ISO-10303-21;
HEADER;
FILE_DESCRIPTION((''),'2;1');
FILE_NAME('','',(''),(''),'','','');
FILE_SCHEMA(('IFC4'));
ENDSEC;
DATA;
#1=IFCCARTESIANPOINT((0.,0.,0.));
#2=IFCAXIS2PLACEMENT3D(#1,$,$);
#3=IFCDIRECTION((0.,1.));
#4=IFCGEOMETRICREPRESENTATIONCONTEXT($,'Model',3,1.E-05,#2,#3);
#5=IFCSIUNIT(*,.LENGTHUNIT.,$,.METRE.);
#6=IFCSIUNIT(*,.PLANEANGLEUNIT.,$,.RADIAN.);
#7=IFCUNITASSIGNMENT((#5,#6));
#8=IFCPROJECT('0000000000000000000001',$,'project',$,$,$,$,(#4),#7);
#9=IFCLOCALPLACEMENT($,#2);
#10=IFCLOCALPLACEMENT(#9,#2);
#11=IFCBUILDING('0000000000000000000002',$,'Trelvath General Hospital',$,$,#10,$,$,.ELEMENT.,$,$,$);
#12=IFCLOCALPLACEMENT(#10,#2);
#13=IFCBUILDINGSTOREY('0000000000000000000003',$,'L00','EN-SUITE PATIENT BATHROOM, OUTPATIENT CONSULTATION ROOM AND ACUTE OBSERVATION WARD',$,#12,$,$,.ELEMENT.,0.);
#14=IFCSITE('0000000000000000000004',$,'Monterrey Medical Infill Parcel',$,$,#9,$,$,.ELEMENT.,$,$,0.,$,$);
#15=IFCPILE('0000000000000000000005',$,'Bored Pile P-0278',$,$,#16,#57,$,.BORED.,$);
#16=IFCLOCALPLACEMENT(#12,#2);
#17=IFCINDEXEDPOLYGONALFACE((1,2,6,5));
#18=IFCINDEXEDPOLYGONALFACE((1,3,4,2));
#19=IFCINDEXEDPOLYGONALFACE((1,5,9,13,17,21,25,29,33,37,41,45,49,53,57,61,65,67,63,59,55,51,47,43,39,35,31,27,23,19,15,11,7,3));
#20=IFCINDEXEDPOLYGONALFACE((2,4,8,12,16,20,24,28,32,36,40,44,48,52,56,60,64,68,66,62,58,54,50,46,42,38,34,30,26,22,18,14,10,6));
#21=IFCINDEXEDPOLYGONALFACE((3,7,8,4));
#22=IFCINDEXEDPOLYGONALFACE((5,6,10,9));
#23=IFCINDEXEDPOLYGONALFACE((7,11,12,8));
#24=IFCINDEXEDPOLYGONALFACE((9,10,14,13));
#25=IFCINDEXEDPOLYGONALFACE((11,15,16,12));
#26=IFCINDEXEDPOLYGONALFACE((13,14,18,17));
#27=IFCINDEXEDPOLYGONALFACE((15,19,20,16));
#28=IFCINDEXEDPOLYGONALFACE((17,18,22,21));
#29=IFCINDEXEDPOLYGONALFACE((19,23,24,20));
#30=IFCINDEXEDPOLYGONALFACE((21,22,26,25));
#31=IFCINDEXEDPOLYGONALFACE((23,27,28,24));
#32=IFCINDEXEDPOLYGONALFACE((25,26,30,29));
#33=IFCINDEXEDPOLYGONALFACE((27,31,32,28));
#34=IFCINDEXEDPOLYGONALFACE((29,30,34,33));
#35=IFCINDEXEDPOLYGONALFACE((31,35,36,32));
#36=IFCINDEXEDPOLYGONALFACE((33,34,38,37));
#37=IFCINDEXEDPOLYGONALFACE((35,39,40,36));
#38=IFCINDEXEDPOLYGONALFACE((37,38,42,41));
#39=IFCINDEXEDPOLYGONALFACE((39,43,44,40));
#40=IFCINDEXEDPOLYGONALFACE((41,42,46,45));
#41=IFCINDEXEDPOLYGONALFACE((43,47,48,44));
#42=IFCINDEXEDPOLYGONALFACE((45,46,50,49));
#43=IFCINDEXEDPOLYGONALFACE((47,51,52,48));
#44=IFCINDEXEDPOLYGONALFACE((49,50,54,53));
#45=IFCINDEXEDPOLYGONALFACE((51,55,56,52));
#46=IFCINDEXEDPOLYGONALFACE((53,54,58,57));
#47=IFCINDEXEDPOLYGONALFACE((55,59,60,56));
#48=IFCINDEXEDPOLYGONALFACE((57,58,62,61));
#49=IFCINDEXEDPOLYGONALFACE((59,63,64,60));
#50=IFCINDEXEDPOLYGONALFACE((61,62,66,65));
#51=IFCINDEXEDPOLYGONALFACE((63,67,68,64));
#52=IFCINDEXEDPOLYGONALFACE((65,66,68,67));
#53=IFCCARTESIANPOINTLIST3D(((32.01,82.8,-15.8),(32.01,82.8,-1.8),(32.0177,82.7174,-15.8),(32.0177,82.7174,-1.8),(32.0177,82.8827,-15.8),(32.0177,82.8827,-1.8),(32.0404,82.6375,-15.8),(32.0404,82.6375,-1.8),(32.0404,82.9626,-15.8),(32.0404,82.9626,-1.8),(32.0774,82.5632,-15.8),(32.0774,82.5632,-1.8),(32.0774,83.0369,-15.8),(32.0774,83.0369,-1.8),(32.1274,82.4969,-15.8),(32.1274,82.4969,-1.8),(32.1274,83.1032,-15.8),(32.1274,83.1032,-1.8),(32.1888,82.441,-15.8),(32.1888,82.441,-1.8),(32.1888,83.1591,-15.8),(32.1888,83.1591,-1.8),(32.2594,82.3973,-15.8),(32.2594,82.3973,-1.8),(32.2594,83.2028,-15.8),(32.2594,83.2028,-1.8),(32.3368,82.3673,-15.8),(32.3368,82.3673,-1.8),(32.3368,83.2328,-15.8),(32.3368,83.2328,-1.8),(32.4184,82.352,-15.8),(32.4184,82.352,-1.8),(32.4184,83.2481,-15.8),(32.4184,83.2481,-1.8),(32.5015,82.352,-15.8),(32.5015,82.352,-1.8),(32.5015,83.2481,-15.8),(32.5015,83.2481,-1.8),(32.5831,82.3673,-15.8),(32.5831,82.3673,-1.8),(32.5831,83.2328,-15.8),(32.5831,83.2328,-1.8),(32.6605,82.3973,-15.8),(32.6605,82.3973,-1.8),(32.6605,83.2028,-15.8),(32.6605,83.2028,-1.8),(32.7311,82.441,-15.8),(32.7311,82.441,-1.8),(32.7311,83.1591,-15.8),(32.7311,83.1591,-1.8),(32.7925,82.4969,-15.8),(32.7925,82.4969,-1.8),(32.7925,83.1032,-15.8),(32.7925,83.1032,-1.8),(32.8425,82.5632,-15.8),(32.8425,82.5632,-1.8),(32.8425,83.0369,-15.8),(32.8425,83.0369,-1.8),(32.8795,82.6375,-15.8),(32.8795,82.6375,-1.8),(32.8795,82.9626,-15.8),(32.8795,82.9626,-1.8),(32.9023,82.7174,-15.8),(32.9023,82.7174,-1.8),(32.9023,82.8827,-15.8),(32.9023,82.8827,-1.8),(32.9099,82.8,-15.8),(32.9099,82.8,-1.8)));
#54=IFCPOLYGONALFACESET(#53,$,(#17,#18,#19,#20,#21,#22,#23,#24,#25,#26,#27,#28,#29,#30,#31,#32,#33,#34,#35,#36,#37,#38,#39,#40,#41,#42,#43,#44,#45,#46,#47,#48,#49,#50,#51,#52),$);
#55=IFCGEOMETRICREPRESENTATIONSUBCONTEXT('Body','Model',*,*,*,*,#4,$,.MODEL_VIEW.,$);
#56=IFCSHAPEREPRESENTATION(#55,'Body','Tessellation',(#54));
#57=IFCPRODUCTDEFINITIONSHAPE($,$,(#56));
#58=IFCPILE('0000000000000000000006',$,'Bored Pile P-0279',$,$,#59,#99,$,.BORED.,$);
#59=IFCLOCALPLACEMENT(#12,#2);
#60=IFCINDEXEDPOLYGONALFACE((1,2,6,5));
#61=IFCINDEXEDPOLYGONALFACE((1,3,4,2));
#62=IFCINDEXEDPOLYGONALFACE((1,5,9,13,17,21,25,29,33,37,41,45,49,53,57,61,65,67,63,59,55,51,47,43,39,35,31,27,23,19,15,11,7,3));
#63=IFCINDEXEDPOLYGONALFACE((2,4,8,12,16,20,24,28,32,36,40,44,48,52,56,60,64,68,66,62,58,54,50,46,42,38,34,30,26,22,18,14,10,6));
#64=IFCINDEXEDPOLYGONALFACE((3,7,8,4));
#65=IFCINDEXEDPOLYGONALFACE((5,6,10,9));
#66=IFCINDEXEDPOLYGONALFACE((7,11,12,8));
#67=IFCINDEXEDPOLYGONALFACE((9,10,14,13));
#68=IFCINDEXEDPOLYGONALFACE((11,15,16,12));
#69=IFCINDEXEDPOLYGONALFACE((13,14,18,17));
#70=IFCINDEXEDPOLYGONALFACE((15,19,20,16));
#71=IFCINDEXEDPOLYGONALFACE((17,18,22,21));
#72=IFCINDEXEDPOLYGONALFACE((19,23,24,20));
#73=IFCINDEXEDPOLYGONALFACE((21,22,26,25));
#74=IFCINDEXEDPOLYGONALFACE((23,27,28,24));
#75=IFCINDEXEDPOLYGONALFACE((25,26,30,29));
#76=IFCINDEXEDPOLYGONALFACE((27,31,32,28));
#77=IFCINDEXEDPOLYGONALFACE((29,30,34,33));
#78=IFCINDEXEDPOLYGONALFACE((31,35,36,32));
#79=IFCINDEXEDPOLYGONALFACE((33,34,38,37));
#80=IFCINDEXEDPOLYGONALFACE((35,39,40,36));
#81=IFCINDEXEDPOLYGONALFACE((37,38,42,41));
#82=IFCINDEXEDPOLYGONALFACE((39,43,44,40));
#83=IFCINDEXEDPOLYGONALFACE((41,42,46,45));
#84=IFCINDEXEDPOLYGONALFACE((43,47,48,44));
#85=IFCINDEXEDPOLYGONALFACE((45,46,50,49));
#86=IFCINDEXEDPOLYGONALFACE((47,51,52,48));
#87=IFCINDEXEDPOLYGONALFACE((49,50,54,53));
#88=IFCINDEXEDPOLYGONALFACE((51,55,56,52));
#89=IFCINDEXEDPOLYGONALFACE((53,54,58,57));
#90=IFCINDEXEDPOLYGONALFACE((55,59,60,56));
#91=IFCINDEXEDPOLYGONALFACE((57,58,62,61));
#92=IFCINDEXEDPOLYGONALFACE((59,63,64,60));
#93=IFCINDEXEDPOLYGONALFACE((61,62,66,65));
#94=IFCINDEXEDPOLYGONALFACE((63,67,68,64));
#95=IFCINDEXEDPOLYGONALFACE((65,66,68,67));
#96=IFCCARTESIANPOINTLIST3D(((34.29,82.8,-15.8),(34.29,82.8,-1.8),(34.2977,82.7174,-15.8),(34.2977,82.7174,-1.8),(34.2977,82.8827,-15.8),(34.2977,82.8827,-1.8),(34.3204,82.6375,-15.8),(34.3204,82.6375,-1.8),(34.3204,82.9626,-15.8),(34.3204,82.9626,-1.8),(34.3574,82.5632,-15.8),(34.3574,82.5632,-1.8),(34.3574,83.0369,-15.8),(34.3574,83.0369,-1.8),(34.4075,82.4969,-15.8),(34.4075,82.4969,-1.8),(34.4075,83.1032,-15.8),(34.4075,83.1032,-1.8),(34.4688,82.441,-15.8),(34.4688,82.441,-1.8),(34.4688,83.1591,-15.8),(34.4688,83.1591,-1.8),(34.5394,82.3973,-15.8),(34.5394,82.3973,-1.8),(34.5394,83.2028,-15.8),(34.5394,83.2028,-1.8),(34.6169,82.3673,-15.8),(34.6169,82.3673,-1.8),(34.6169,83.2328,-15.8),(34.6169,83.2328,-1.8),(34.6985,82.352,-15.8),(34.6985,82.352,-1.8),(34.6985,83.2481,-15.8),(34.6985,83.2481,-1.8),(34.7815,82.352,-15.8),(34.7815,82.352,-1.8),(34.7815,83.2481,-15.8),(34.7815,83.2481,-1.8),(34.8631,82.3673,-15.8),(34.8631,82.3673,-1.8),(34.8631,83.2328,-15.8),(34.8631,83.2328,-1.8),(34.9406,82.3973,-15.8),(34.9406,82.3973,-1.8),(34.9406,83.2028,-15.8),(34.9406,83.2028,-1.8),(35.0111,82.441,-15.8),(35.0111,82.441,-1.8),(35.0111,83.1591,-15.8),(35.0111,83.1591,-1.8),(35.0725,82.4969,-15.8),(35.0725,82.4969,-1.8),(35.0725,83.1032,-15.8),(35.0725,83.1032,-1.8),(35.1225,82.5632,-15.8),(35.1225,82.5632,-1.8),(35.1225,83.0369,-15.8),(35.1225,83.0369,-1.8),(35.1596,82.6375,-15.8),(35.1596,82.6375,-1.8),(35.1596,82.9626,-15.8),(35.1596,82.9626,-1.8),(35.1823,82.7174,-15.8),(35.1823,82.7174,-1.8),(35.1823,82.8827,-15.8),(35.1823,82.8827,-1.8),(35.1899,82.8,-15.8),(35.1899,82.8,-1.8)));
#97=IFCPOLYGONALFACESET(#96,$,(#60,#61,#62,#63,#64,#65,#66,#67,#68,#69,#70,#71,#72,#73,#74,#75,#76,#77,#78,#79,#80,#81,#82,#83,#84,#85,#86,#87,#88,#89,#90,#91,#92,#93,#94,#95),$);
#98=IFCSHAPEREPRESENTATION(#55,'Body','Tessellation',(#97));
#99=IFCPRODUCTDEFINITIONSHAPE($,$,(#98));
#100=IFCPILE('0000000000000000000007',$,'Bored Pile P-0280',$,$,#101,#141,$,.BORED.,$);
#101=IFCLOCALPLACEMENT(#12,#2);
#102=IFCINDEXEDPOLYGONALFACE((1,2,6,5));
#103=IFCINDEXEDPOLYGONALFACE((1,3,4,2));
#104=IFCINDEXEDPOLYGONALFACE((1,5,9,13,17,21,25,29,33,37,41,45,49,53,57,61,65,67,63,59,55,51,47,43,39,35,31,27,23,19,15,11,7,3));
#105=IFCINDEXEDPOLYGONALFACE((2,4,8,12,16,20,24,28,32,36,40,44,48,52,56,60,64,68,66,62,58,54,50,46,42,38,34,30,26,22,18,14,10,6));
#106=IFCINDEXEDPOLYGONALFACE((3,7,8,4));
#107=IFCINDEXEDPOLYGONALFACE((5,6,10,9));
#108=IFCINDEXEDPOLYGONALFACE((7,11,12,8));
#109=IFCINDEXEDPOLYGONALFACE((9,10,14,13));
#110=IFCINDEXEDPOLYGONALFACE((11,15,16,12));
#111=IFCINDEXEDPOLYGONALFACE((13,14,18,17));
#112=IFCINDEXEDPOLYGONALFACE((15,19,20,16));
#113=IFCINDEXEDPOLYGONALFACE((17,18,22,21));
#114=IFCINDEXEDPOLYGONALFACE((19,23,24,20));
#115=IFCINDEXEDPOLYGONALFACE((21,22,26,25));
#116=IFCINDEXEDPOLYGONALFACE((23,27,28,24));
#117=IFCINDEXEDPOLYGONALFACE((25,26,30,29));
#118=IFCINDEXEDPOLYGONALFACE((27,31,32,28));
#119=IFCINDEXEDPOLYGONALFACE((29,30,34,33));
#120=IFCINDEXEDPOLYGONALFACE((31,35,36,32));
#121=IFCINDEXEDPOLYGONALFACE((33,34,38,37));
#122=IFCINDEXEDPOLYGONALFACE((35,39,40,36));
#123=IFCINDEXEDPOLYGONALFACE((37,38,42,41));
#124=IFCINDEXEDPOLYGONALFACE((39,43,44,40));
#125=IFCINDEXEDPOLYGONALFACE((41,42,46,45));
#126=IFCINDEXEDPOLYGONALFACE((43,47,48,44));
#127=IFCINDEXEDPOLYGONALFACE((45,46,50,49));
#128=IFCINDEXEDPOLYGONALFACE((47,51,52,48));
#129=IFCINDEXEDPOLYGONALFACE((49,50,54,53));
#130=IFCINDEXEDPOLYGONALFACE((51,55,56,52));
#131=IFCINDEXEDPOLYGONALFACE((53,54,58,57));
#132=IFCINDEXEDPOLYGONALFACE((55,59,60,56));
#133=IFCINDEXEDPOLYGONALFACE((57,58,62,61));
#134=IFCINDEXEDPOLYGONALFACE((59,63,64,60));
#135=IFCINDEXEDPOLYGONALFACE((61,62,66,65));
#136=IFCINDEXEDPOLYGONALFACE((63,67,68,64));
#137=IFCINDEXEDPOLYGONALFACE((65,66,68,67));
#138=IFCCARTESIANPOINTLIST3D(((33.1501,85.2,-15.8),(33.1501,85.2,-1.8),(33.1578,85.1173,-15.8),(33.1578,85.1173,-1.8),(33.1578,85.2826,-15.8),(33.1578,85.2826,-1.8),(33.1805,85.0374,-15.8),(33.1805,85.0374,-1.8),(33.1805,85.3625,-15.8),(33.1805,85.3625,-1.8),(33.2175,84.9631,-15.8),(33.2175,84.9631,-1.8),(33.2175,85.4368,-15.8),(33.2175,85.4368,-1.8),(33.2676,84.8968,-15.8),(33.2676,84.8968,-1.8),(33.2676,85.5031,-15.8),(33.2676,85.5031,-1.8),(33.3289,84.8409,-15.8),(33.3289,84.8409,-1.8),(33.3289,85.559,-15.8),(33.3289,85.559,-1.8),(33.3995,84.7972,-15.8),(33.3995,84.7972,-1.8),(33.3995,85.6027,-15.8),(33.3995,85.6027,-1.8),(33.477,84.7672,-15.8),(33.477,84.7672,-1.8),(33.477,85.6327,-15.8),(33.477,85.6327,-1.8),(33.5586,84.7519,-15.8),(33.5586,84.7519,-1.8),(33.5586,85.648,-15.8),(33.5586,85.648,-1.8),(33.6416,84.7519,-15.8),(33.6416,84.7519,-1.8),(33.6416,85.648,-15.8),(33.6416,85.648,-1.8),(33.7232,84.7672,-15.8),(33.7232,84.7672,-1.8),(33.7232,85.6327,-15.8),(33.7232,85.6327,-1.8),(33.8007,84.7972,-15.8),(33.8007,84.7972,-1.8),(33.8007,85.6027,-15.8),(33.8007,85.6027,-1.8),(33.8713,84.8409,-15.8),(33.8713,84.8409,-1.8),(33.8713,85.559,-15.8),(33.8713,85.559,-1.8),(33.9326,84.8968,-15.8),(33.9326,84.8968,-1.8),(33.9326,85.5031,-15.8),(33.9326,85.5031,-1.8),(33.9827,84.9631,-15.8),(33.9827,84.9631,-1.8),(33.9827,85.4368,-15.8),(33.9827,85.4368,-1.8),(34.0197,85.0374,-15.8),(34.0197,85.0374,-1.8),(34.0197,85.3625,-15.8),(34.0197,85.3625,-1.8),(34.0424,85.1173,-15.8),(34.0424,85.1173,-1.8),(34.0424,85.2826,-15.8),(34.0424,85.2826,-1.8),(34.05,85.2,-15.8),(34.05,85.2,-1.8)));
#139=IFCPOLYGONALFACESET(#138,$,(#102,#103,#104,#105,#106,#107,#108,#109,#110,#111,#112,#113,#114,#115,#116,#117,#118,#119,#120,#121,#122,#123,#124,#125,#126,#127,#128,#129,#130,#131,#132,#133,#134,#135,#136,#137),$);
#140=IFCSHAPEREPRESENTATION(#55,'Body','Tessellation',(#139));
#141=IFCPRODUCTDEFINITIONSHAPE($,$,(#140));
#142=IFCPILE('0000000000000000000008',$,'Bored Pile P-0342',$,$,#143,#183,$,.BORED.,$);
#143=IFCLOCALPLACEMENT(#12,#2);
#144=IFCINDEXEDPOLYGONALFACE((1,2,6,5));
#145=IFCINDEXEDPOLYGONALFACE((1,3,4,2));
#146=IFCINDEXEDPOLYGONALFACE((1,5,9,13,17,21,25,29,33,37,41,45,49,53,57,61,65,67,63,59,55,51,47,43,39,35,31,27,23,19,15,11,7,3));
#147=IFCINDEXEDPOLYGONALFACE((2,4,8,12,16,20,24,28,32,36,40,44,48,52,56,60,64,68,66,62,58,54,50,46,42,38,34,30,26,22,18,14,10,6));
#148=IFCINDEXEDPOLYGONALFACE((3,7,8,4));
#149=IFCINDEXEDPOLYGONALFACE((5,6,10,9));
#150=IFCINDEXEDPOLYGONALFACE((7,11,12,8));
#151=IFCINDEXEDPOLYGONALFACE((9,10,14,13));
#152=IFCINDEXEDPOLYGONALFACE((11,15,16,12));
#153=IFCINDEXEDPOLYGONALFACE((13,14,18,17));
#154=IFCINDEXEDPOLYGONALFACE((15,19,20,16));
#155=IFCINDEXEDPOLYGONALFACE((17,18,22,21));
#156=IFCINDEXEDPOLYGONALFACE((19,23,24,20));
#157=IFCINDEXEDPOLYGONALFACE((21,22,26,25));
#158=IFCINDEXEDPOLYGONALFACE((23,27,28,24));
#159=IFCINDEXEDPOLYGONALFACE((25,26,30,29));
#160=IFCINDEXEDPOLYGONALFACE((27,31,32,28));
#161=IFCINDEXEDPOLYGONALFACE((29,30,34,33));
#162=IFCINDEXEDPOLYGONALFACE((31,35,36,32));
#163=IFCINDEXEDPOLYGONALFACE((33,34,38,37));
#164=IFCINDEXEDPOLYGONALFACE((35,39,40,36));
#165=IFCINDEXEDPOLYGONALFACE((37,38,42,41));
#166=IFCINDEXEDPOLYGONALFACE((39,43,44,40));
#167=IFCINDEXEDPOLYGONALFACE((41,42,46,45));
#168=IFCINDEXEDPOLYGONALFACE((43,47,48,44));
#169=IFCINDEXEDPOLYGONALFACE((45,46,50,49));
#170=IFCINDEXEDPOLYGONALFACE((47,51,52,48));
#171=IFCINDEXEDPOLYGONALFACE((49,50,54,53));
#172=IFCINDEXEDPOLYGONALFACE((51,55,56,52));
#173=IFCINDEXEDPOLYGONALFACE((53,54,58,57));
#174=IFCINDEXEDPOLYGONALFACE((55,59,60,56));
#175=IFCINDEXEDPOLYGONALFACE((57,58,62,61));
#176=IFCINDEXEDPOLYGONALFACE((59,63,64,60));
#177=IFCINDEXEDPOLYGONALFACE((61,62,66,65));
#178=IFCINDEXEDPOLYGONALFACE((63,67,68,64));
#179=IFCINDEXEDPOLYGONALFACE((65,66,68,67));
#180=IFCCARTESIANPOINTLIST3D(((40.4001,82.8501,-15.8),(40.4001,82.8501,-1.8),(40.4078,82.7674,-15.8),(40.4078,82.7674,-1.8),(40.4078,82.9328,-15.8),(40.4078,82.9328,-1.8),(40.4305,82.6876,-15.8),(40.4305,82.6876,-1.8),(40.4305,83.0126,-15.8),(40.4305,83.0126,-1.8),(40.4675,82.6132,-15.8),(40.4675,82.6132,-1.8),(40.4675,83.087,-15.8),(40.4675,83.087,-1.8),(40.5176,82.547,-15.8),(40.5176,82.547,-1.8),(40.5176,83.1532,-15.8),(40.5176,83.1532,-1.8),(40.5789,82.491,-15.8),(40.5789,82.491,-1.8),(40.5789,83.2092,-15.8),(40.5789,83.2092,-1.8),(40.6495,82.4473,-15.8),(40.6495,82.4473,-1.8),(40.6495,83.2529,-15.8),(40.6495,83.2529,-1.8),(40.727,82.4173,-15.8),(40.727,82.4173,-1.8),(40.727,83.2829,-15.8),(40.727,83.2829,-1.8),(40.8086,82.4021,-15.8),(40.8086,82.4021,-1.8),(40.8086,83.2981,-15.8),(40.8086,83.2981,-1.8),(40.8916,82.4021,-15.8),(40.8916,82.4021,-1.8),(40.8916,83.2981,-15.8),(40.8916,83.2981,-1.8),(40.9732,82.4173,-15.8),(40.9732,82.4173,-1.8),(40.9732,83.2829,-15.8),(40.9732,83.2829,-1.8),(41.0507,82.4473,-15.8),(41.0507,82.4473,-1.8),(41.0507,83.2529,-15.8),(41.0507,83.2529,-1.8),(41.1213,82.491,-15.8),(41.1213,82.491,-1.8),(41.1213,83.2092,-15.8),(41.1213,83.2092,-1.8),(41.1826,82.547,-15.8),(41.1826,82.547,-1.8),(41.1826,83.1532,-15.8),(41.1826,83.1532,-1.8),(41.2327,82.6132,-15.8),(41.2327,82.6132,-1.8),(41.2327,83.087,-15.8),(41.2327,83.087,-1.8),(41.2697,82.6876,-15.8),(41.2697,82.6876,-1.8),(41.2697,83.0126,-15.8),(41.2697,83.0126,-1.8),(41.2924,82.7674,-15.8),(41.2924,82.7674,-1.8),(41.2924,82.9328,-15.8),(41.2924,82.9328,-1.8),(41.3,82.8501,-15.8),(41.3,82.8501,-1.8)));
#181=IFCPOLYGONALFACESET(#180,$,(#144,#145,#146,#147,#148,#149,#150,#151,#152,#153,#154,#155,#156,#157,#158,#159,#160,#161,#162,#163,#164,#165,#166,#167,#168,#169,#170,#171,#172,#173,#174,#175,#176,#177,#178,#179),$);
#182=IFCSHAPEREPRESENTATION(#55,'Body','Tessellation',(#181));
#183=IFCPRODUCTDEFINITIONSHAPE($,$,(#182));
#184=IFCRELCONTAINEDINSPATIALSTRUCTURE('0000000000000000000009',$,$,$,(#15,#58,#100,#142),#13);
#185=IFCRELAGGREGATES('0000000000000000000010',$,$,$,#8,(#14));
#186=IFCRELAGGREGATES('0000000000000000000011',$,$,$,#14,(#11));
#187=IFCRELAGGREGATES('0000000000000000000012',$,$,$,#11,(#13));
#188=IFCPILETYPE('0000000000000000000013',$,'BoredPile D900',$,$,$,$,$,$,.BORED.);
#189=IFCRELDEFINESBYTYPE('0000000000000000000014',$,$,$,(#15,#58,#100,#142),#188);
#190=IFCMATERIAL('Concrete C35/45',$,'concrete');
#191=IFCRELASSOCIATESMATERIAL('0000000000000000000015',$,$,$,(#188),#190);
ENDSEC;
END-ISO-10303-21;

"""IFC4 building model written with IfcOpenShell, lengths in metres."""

from ifc_helpers import new_model, si_unit, direction, frame, origin, origin_2d, place, context, subcontext, project, spatial, circle, extrude, material, material_profile, profile_set, type_object, element, save


model = new_model("IFC4")

# Units and contexts
model_context = context("Model", 3, precision=1e-05, world=origin(), true_north=direction((0.0, 1.0)))
body_context = subcontext(model_context, "Body", "Model", "MODEL_VIEW")
ifc_project = project(units=[si_unit("LENGTHUNIT", "METRE"), si_unit("PLANEANGLEUNIT", "RADIAN")], contexts=[model_context])

# Site, building, storey
site_placement = place(None, origin())
site = spatial("IfcSite", under=ifc_project, at=site_placement, Name="Monterrey Medical Infill Parcel", CompositionType="ELEMENT", RefElevation=0.0)
building_placement = place(site_placement, origin())
building = spatial("IfcBuilding", under=site, at=building_placement, Name="Trelvath General Hospital", CompositionType="ELEMENT")
storey_placement = place(building_placement, origin())
storey = spatial("IfcBuildingStorey", under=building, at=storey_placement, Name="L00", Description="EN-SUITE PATIENT BATHROOM, OUTPATIENT CONSULTATION ROOM AND ACUTE OBSERVATION WARD", CompositionType="ELEMENT", Elevation=0.0)

# Piles
ifc_material_1 = material(Name="Concrete C35/45", Category="concrete")
ifc_material_profile_1 = material_profile(ifc_material_1, circle(Radius=0.45, at=origin_2d()), Name="PILE900")
ifc_profile_set_1 = profile_set([ifc_material_profile_1], Name="Concrete C35/45")
pile_type = type_object("IfcPileType", Name="BoredPile D900", PredefinedType="BORED", material=ifc_profile_set_1)
for number, where, z_axis, x_axis, name in (
    (1, (32.46, 82.8, -1.8), (0.0, 0.0, -1.0), (1.0, 0.0, 0.0), "Bored Pile P-0278"),
    (2, (34.74, 82.8, -1.8), (0.0, 0.0, -1.0), (1.0, 0.0, 0.0), "Bored Pile P-0279"),
    (3, (33.6001, 85.2, -1.8), (0.0, 0.0, -1.0), (1.0, 0.0, 0.0), "Bored Pile P-0280"),
    (4, (40.8501, 82.8501, -1.8), (0.0, 0.0, -1.0), (1.0, 0.0, 0.0), "Bored Pile P-0342"),
):
    element("IfcPile", number, at=place(storey_placement, frame(where, z_axis=z_axis, x_axis=x_axis)), inside=storey, type_object=pile_type, Name=name, PredefinedType="BORED", context=body_context, shape_type="SweptSolid", body=[
        extrude(circle(Radius=0.45, at=origin_2d()), origin(), (0.0, 0.0, 1.0), 14.0),
    ])

save(model, "model.ifc")
